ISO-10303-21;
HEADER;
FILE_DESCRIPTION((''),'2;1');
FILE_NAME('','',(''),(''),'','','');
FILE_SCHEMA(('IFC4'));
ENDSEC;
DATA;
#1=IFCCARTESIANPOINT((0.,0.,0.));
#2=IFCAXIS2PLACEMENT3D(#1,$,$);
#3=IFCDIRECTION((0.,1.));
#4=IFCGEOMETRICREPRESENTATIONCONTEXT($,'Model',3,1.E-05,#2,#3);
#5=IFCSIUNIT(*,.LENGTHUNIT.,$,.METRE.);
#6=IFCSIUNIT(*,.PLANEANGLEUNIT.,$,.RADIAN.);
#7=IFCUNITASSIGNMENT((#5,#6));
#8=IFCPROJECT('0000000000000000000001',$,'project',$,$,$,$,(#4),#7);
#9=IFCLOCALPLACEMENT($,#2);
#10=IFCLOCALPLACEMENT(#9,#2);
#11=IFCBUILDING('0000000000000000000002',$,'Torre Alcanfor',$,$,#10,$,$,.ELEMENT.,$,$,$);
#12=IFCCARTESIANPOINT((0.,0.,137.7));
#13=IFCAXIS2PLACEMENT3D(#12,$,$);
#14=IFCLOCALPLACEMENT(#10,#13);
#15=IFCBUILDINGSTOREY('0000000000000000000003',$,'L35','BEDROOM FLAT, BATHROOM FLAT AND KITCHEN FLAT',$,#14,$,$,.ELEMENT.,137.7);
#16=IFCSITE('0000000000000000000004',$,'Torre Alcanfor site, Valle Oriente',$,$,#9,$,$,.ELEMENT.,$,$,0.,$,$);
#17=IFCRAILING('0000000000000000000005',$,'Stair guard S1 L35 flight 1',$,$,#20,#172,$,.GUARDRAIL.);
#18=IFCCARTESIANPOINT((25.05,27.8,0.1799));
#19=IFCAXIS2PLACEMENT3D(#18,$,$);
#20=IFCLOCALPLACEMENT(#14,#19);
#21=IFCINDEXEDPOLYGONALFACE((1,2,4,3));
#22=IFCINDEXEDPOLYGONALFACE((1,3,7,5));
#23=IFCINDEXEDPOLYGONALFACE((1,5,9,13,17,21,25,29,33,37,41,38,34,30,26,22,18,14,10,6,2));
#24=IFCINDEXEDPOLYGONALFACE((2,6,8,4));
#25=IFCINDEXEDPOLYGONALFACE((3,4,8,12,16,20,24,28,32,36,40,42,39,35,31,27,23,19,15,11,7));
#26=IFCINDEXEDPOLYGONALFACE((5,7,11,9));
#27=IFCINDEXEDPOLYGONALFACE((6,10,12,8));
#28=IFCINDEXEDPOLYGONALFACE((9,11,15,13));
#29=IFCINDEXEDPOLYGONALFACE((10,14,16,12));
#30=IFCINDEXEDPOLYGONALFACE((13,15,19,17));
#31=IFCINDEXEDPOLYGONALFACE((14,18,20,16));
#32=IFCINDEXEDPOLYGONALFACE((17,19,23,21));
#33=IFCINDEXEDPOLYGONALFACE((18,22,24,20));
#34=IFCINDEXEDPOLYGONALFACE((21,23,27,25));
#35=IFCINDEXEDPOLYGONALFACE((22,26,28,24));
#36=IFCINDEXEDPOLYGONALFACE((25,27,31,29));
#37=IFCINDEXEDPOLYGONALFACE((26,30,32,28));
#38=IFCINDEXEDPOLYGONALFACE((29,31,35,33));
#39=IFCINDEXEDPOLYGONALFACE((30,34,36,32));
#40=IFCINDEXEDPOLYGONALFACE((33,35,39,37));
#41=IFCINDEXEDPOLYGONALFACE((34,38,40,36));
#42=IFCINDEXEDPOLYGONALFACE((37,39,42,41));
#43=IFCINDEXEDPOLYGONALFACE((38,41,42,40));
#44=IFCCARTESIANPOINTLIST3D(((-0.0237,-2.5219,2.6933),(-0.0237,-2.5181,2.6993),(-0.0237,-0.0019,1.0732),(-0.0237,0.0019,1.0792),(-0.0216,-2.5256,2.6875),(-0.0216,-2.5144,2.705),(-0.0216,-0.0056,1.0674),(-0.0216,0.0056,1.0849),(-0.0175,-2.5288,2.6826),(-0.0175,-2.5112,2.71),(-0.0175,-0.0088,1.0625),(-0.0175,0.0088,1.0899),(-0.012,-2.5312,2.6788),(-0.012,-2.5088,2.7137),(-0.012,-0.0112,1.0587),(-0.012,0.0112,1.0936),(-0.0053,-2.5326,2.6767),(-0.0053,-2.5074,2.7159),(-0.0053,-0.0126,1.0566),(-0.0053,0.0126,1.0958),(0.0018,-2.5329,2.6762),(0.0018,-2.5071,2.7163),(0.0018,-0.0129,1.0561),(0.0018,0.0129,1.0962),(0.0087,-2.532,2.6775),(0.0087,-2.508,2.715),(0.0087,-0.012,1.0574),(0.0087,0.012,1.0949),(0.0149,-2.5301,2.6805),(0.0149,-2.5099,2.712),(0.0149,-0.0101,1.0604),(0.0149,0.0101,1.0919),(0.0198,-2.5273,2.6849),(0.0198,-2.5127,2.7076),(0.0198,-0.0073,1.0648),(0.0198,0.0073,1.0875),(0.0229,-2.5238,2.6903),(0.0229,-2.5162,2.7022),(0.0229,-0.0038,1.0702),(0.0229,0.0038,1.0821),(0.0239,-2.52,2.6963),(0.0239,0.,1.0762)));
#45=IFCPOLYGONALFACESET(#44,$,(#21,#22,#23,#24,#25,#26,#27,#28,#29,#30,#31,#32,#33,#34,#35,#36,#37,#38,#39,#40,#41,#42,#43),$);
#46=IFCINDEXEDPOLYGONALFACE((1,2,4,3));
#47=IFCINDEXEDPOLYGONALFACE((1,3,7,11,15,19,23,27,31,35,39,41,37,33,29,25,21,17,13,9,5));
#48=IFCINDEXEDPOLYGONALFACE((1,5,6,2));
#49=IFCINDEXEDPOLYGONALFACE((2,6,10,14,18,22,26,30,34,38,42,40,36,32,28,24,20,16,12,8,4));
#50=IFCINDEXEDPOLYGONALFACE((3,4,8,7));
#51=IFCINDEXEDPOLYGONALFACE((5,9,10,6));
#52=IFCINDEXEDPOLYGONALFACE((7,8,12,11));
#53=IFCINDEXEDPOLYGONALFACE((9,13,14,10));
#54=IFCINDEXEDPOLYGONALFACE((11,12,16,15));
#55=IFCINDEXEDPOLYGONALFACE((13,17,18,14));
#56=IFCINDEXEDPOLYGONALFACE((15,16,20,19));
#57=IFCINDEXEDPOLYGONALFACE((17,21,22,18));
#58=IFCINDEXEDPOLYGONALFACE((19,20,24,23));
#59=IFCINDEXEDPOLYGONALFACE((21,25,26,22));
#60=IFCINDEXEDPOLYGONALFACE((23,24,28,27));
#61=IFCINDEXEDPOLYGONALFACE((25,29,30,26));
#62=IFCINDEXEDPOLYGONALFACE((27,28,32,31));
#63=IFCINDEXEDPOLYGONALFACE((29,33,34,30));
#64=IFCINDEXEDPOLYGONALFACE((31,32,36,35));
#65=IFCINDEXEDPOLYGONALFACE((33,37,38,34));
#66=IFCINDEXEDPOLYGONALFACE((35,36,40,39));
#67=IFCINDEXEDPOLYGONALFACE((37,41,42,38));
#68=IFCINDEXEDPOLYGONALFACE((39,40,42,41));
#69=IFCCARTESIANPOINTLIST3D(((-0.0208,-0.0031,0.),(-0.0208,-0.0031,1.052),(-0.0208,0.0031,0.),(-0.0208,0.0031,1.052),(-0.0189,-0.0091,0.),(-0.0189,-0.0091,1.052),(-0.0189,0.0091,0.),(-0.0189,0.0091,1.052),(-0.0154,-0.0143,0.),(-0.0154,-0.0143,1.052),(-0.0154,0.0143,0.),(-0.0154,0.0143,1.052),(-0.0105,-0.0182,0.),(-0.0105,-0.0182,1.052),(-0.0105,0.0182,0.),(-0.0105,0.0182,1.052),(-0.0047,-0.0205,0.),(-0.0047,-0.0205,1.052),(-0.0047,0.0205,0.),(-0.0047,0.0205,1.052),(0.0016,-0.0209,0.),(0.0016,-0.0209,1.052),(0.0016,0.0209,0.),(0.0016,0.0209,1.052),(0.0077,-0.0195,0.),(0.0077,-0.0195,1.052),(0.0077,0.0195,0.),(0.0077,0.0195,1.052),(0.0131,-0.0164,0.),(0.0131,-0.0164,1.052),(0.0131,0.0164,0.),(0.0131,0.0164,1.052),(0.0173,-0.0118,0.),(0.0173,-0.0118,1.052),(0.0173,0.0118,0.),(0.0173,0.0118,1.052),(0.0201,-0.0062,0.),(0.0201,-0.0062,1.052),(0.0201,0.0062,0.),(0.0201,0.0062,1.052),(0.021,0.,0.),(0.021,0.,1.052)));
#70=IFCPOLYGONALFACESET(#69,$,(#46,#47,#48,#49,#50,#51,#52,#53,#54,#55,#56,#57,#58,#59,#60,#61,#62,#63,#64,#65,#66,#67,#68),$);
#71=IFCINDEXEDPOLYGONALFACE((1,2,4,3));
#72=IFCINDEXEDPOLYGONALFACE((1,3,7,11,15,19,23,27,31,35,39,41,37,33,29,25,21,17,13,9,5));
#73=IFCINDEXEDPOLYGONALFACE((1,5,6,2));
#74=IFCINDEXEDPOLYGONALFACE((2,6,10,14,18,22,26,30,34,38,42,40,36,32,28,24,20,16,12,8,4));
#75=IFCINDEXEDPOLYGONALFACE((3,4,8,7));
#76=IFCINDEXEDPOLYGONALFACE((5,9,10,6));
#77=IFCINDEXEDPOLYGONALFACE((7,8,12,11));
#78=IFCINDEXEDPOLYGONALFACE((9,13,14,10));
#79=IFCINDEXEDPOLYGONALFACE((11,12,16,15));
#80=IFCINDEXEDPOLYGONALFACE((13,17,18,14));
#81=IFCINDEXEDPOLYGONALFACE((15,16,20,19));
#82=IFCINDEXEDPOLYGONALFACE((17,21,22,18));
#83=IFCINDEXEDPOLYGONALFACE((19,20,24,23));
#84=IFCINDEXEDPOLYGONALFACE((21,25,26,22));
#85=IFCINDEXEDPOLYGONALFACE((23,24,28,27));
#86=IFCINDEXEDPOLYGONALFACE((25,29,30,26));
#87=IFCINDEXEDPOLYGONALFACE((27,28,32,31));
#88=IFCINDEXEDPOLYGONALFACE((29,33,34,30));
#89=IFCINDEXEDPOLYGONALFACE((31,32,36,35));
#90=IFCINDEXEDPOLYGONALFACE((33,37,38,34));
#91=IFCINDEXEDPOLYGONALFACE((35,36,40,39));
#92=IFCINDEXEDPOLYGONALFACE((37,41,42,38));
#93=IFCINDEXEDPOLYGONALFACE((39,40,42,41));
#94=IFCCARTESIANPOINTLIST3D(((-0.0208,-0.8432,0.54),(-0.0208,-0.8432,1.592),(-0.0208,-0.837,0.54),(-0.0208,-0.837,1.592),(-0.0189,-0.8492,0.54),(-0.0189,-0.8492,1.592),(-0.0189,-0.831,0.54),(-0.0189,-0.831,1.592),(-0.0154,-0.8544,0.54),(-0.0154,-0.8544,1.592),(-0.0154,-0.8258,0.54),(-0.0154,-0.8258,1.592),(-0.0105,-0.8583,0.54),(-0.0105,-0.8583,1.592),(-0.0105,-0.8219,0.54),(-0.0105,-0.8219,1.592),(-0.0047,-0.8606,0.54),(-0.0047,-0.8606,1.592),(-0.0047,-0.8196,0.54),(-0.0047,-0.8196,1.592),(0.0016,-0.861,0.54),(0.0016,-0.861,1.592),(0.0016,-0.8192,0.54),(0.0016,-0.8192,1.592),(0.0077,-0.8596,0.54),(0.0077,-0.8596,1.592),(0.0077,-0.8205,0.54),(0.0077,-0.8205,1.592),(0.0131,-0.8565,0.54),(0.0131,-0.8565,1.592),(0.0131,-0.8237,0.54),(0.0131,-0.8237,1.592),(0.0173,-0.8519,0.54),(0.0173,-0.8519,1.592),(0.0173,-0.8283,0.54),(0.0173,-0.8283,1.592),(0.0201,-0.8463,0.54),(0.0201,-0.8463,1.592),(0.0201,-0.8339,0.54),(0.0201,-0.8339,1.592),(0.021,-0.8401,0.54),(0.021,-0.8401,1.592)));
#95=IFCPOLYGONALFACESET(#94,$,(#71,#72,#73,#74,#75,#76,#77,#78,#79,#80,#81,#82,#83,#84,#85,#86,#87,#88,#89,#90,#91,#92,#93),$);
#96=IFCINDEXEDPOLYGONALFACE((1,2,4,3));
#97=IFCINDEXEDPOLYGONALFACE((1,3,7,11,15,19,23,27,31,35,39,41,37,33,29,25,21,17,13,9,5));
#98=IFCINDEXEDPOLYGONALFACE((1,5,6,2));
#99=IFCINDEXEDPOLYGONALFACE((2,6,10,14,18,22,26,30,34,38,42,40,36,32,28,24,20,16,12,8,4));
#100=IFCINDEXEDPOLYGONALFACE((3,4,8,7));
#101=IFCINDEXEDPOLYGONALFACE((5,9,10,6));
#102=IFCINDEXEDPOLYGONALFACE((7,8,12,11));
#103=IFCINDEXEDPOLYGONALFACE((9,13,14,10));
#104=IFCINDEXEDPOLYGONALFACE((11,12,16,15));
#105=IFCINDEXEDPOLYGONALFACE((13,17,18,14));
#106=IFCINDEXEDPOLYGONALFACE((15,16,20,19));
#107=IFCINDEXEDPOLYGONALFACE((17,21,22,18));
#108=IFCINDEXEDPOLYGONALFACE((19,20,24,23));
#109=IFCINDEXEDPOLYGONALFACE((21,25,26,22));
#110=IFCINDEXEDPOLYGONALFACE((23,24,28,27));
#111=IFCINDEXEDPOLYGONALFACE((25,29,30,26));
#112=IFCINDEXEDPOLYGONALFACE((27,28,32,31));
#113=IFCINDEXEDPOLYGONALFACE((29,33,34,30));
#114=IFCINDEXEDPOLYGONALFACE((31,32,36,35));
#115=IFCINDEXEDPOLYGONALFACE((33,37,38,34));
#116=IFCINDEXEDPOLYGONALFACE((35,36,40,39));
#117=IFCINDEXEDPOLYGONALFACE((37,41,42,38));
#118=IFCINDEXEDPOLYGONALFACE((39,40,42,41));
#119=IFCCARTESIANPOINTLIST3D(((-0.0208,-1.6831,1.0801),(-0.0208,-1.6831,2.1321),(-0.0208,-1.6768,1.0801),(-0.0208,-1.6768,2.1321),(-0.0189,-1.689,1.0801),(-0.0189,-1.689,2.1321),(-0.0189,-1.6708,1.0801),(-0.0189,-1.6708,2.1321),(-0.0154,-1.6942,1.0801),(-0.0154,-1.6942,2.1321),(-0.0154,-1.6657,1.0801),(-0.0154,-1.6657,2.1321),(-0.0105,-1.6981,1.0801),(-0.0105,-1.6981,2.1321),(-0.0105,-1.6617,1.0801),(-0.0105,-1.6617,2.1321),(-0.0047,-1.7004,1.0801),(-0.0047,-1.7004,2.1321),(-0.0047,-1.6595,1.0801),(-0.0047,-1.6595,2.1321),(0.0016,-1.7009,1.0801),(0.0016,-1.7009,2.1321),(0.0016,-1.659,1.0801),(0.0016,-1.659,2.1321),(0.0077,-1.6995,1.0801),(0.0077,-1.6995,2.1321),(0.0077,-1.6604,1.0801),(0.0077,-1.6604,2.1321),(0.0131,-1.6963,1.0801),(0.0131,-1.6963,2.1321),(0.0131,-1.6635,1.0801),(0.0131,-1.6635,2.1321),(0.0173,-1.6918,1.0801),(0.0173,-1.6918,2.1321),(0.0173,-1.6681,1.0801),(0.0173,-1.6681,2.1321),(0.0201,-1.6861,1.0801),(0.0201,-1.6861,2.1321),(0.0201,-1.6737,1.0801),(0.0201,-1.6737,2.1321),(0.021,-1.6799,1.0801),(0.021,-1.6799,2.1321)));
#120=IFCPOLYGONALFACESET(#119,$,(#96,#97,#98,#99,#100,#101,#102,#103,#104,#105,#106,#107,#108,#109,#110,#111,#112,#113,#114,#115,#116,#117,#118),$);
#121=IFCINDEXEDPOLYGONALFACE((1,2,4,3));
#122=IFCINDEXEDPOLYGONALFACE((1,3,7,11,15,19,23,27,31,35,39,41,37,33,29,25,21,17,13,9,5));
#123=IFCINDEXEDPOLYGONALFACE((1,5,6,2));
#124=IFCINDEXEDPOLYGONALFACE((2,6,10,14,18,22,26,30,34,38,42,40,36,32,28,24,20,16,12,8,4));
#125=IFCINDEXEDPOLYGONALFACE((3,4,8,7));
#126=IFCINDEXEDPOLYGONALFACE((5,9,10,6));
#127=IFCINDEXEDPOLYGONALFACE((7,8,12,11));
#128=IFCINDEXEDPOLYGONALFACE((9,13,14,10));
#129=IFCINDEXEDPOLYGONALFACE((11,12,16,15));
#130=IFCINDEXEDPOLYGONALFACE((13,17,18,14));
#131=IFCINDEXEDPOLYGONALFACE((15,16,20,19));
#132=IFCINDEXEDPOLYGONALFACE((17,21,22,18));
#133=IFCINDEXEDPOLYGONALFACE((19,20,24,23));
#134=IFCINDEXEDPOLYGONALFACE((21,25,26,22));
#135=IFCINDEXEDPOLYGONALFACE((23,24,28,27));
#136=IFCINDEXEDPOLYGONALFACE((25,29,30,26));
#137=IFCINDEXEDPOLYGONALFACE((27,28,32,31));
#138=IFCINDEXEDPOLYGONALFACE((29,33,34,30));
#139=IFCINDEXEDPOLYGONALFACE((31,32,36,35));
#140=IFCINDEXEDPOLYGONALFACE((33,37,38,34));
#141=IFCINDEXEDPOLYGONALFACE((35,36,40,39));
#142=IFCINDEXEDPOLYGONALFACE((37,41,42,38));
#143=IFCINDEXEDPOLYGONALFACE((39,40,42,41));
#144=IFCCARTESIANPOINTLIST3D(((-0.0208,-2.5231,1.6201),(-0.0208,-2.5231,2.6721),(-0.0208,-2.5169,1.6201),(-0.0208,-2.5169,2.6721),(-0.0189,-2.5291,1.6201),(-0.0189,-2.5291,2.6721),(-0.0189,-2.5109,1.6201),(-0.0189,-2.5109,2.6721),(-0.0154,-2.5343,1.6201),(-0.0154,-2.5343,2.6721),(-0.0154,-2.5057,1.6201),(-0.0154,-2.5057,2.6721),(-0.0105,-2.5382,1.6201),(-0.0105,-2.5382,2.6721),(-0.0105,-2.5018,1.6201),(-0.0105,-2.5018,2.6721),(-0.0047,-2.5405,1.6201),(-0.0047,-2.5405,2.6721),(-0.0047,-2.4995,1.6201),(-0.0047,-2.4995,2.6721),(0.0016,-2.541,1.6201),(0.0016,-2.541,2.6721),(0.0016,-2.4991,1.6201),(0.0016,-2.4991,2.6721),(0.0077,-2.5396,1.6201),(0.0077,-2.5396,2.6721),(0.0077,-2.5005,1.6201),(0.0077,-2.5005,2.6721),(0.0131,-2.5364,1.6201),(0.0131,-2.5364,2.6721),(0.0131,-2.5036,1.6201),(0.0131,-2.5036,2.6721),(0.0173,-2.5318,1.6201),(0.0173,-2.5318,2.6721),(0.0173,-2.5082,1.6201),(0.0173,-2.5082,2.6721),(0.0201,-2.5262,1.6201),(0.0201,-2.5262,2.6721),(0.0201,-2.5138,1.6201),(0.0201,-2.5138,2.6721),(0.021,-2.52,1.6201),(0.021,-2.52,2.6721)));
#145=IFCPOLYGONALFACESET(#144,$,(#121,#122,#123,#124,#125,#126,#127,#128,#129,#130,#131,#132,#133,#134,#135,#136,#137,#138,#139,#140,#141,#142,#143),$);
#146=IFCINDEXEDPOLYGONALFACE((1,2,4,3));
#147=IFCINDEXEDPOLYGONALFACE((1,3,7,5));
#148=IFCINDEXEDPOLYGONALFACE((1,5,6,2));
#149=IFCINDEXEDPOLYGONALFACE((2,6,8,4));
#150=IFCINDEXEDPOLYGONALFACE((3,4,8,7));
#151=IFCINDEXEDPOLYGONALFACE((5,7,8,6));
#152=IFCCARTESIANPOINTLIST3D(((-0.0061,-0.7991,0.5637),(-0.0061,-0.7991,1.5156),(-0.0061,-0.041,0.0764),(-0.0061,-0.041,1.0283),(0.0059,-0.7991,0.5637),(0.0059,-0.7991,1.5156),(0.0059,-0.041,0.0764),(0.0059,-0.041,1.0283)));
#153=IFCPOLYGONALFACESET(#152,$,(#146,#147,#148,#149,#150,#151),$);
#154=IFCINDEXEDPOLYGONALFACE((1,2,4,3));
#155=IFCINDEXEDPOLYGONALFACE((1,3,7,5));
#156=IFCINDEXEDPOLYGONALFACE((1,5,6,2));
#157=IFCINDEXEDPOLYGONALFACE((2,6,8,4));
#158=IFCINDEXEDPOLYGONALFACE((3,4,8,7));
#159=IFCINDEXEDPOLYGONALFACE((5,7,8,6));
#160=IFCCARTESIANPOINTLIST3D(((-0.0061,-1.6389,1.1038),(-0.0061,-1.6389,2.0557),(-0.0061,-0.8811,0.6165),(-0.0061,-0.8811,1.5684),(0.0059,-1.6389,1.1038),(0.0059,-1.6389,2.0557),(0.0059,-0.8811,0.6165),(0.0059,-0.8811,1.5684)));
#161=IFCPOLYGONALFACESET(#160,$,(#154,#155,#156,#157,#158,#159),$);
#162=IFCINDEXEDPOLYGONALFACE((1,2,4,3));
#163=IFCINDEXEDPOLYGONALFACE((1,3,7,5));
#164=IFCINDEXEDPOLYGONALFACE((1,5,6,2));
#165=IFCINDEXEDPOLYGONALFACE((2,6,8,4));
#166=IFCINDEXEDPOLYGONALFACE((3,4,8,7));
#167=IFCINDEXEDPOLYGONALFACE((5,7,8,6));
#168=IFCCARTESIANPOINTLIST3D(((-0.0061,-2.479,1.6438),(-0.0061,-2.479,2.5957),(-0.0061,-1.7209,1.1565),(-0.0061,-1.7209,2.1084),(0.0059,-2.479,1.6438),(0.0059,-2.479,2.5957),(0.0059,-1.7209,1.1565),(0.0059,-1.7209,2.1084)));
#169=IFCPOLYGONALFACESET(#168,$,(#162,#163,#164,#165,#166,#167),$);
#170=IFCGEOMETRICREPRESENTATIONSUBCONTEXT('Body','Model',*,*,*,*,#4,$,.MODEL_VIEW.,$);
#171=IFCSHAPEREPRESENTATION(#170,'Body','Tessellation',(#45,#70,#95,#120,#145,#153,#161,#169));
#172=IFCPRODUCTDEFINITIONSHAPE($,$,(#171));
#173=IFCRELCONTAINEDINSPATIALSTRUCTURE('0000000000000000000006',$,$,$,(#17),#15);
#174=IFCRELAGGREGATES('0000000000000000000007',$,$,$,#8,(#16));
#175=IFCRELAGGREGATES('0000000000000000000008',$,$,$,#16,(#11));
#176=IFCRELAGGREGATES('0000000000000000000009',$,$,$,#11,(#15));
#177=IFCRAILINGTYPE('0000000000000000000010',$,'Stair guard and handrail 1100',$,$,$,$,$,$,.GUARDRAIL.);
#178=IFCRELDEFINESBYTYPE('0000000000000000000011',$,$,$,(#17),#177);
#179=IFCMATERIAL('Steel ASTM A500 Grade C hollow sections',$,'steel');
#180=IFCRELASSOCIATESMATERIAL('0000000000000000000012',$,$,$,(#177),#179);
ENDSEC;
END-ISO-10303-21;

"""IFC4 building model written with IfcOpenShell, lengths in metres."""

from ifc_helpers import new_model, si_unit, direction, frame, origin, origin_2d, place, context, subcontext, project, spatial, polyline, circle, outline, extrude, material, type_object, element, save


model = new_model("IFC4")

# Units and contexts
model_context = context("Model", 3, precision=1e-05, world=origin(), true_north=direction((0.0, 1.0)))
body_context = subcontext(model_context, "Body", "Model", "MODEL_VIEW")
ifc_project = project(units=[si_unit("LENGTHUNIT", "METRE"), si_unit("PLANEANGLEUNIT", "RADIAN")], contexts=[model_context])

# Site, building, storey
site_placement = place(None, origin())
site = spatial("IfcSite", under=ifc_project, at=site_placement, Name="Torre Alcanfor site, Valle Oriente", CompositionType="ELEMENT", RefElevation=0.0)
building_placement = place(site_placement, origin())
building = spatial("IfcBuilding", under=site, at=building_placement, Name="Torre Alcanfor", CompositionType="ELEMENT")
storey_placement = place(building_placement, frame((0.0, 0.0, 137.7)))
storey = spatial("IfcBuildingStorey", under=building, at=storey_placement, Name="L35", Description="BEDROOM FLAT, BATHROOM FLAT AND KITCHEN FLAT", CompositionType="ELEMENT", Elevation=137.7)

# Railing
ifc_material_1 = material(Name="Steel ASTM A500 Grade C hollow sections", Category="steel")
railing_type_1 = type_object("IfcRailingType", Name="Stair guard and handrail 1100", PredefinedType="GUARDRAIL", material=ifc_material_1)
railing_1_placement = place(storey_placement, frame((25.05, 27.8, 0.1799)))
element("IfcRailing", 1, at=railing_1_placement, inside=storey, type_object=railing_type_1, Name="Stair guard S1 L35 flight 1", PredefinedType="GUARDRAIL", context=body_context, shape_type="SweptSolid", body=[
    extrude(circle(Radius=0.0239, at=origin_2d()), frame((0.0, 0.0, 1.0762), z_axis=(0.0, -0.841163, 0.540782), x_axis=(1.0, 0.0, 0.0)), (0.0, 0.0, 1.0), 2.9958),
    extrude(circle(Radius=0.021, at=origin_2d()), origin(), (0.0, 0.0, 1.0), 1.052),
    extrude(circle(Radius=0.021, at=origin_2d()), frame((0.0, -0.8401, 0.54)), (0.0, 0.0, 1.0), 1.052),
    extrude(circle(Radius=0.021, at=origin_2d()), frame((0.0, -1.6799, 1.0801)), (0.0, 0.0, 1.0), 1.052),
    extrude(circle(Radius=0.021, at=origin_2d()), frame((0.0, -2.52, 1.6201)), (0.0, 0.0, 1.0), 1.052),
    extrude(outline(polyline([(0.041, 0.0764), (0.7991, 0.5637), (0.7991, 1.5156), (0.041, 1.0283), (0.041, 0.0764)])), frame((0.0059, 0.0, 0.0), z_axis=(-1.0, 0.0, 0.0), x_axis=(0.0, -1.0, 0.0)), (0.0, 0.0, 1.0), 0.012),
    extrude(outline(polyline([(0.8811, 0.6165), (1.6389, 1.1038), (1.6389, 2.0557), (0.8811, 1.5684), (0.8811, 0.6165)])), frame((0.0059, 0.0, 0.0), z_axis=(-1.0, 0.0, 0.0), x_axis=(0.0, -1.0, 0.0)), (0.0, 0.0, 1.0), 0.012),
    extrude(outline(polyline([(1.7209, 1.1565), (2.479, 1.6438), (2.479, 2.5957), (1.7209, 2.1084), (1.7209, 1.1565)])), frame((0.0059, 0.0, 0.0), z_axis=(-1.0, 0.0, 0.0), x_axis=(0.0, -1.0, 0.0)), (0.0, 0.0, 1.0), 0.012),
])

save(model, "model.ifc")
